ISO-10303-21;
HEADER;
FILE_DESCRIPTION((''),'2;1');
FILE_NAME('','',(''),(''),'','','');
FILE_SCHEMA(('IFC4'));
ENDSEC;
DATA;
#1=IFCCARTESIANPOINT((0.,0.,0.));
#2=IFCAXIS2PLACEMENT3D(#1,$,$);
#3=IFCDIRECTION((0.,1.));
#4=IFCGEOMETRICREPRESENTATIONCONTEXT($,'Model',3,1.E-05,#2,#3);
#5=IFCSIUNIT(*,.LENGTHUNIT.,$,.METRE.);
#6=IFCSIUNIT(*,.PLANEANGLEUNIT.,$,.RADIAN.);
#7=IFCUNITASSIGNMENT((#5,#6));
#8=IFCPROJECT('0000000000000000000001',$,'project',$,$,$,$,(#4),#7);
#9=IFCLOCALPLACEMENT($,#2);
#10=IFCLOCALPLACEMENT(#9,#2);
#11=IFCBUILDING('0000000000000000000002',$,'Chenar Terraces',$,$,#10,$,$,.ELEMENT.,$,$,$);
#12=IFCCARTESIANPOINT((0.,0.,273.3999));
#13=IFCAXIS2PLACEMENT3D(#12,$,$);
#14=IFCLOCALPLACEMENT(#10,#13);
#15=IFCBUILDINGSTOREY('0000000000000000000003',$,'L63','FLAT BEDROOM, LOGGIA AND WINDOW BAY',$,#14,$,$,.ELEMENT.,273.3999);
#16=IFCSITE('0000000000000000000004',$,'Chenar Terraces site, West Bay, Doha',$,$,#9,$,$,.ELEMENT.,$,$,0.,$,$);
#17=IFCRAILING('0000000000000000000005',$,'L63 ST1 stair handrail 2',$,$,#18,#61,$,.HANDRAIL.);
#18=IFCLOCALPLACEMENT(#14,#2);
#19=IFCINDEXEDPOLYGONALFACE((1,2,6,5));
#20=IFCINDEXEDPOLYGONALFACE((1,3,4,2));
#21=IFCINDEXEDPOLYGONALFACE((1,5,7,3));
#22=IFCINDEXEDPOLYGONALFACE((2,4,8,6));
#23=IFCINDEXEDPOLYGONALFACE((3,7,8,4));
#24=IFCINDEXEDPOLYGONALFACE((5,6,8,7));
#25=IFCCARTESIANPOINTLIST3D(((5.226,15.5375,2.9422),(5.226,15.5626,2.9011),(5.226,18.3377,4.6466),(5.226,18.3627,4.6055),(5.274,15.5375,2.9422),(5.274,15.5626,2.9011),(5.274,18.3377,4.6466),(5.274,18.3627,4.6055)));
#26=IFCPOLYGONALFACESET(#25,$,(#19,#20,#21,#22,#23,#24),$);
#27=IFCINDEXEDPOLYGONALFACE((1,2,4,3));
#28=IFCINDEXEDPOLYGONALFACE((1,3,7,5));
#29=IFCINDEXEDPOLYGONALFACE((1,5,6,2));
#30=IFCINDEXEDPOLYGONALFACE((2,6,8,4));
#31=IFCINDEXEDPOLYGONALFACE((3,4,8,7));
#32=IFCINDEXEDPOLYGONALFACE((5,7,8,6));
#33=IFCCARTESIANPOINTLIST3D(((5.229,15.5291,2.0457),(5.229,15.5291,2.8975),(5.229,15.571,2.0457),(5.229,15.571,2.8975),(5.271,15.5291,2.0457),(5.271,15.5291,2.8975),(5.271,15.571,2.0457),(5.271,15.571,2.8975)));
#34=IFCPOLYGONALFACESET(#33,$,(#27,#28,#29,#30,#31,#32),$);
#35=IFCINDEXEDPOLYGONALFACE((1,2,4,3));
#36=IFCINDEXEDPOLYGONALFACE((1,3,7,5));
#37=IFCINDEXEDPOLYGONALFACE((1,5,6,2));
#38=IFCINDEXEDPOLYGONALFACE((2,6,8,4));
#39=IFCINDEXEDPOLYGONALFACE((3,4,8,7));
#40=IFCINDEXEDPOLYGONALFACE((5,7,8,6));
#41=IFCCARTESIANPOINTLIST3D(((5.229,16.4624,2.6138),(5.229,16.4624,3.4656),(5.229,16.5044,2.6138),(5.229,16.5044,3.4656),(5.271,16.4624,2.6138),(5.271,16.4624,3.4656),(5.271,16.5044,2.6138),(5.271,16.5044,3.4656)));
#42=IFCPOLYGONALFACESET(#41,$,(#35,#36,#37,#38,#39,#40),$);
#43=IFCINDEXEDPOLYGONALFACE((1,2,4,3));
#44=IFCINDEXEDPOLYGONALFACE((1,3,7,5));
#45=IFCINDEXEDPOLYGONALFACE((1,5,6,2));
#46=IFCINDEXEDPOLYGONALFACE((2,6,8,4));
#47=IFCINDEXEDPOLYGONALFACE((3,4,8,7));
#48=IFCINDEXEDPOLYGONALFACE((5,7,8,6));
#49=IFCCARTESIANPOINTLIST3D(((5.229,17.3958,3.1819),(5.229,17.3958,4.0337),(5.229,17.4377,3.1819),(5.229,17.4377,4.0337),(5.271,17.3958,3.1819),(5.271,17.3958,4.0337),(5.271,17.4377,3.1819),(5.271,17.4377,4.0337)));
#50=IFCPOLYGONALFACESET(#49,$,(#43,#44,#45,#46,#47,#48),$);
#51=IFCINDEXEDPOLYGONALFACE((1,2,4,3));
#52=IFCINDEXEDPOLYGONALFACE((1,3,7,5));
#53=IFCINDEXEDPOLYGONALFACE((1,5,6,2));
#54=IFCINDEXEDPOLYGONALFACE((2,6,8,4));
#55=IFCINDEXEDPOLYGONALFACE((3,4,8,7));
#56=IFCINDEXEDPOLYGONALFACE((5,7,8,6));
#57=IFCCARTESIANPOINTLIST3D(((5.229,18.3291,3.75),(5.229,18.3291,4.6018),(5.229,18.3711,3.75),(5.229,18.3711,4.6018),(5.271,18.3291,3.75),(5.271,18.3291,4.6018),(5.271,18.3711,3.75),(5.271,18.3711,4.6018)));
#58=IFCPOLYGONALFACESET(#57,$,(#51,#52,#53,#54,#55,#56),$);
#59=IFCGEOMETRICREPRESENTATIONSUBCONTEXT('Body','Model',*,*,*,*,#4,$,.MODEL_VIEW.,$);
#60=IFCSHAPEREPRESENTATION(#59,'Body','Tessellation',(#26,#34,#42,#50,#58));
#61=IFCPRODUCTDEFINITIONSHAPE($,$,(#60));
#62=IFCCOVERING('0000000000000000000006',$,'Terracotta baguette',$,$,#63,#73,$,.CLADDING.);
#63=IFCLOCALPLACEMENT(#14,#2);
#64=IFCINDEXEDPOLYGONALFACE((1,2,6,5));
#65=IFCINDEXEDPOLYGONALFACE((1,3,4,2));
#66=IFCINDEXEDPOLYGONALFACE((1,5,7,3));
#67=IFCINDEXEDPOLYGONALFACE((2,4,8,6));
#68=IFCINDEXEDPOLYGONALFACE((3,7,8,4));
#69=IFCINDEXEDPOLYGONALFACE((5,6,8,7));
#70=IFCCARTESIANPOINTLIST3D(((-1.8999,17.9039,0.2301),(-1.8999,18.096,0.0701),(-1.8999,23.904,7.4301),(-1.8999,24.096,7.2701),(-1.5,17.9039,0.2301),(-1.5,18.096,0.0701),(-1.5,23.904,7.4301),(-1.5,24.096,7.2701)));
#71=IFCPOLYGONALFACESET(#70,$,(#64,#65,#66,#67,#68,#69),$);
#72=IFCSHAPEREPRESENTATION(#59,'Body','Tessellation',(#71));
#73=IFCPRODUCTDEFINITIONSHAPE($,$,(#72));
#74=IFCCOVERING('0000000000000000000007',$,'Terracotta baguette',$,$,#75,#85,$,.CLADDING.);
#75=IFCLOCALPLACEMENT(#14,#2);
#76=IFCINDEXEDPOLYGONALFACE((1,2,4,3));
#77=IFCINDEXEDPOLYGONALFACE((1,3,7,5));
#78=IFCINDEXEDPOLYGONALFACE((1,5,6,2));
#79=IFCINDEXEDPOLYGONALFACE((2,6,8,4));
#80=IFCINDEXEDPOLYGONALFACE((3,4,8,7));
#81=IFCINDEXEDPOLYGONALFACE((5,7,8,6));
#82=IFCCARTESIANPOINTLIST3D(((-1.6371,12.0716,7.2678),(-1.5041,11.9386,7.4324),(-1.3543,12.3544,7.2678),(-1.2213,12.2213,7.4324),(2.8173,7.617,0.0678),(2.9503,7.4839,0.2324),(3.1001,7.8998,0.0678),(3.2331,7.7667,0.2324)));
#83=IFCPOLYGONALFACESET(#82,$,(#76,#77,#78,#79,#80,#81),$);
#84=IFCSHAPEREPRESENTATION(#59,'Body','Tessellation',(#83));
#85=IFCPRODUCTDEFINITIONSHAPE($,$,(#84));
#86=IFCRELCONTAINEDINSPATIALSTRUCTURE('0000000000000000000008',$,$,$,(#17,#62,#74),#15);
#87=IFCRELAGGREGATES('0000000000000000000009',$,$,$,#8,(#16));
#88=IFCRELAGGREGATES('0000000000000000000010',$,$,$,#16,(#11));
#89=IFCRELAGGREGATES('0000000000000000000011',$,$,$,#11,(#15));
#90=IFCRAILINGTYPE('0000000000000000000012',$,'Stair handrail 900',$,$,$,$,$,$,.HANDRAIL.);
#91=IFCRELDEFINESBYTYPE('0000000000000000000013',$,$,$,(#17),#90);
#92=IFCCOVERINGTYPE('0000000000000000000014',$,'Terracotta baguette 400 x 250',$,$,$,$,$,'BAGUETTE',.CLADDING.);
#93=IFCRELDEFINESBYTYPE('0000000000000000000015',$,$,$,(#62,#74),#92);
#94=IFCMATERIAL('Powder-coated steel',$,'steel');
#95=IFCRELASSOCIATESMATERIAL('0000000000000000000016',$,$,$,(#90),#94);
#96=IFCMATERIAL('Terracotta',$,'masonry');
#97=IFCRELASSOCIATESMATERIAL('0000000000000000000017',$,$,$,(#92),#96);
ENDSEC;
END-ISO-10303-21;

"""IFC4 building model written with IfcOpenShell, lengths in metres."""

from ifc_helpers import new_model, si_unit, direction, frame, origin, origin_2d, place, context, subcontext, project, spatial, rectangle, extrude, material, material_profile, profile_set, type_object, element, save


model = new_model("IFC4")

# Units and contexts
model_context = context("Model", 3, precision=1e-05, world=origin(), true_north=direction((0.0, 1.0)))
body_context = subcontext(model_context, "Body", "Model", "MODEL_VIEW")
ifc_project = project(units=[si_unit("LENGTHUNIT", "METRE"), si_unit("PLANEANGLEUNIT", "RADIAN")], contexts=[model_context])

# Site, building, storey
site_placement = place(None, origin())
site = spatial("IfcSite", under=ifc_project, at=site_placement, Name="Chenar Terraces site, West Bay, Doha", CompositionType="ELEMENT", RefElevation=0.0)
building_placement = place(site_placement, origin())
building = spatial("IfcBuilding", under=site, at=building_placement, Name="Chenar Terraces", CompositionType="ELEMENT")
storey_placement = place(building_placement, frame((0.0, 0.0, 273.3999)))
storey = spatial("IfcBuildingStorey", under=building, at=storey_placement, Name="L63", Description="FLAT BEDROOM, LOGGIA AND WINDOW BAY", CompositionType="ELEMENT", Elevation=273.3999)

# Railing
ifc_material_1 = material(Name="Powder-coated steel", Category="steel")
railing_type_1 = type_object("IfcRailingType", Name="Stair handrail 900", PredefinedType="HANDRAIL", material=ifc_material_1)
railing_1_placement = place(storey_placement, frame((5.25, 15.55, 2.0457)))
element("IfcRailing", 1, at=railing_1_placement, inside=storey, type_object=railing_type_1, Name="L63 ST1 stair handrail 2", PredefinedType="HANDRAIL", context=body_context, shape_type="SweptSolid", body=[
    extrude(rectangle(XDim=0.0481, YDim=0.0481, at=origin_2d()), frame((0.0, 0.0, 0.876), z_axis=(0.0, 0.854203, 0.51994), x_axis=(-1.0, 0.0, 0.0)), (0.0, 0.0, 1.0), 3.2781),
    extrude(rectangle(XDim=0.042, YDim=0.042, at=origin_2d()), origin(), (0.0, 0.0, 1.0), 0.8518),
    extrude(rectangle(XDim=0.042, YDim=0.042, at=origin_2d()), frame((0.0, 0.9333, 0.5681)), (0.0, 0.0, 1.0), 0.8518),
    extrude(rectangle(XDim=0.042, YDim=0.042, at=origin_2d()), frame((0.0, 1.8667, 1.1362)), (0.0, 0.0, 1.0), 0.8518),
    extrude(rectangle(XDim=0.042, YDim=0.042, at=origin_2d()), frame((0.0, 2.8, 1.7043)), (0.0, 0.0, 1.0), 0.8518),
])

# Coverings
ifc_material_2 = material(Name="Terracotta", Category="masonry")
ifc_material_profile_1 = material_profile(ifc_material_2, rectangle(XDim=0.3999, YDim=0.25, at=origin_2d()), Name="Terracotta baguette 400 x 250")
ifc_profile_set_1 = profile_set([ifc_material_profile_1], Name="Terracotta")
covering_type = type_object("IfcCoveringType", Name="Terracotta baguette 400 x 250", ElementType="BAGUETTE", PredefinedType="CLADDING", material=ifc_profile_set_1)
covering_1_placement = place(storey_placement, frame((-1.7, 24.0, 7.3501), z_axis=(0.0, -0.640187, -0.768219), x_axis=(1.0, 0.0, 0.0)))
element("IfcCovering", 2, at=covering_1_placement, inside=storey, type_object=covering_type, Name="Terracotta baguette", PredefinedType="CLADDING", context=body_context, shape_type="SweptSolid", body=[
    extrude(rectangle(XDim=0.3999, YDim=0.25, at=origin_2d()), origin(), (0.0, 0.0, 1.0), 9.3723),
])
covering_2_placement = place(storey_placement, frame((-1.4292, 12.1465, 7.3501), z_axis=(0.465604, -0.46563, -0.752597), x_axis=(0.707126, 0.707087, 0.0)))
element("IfcCovering", 3, at=covering_2_placement, inside=storey, type_object=covering_type, Name="Terracotta baguette", PredefinedType="CLADDING", context=body_context, shape_type="SweptSolid", body=[
    extrude(rectangle(XDim=0.3999, YDim=0.25, at=origin_2d()), origin(), (0.0, 0.0, 1.0), 9.5669),
])

save(model, "model.ifc")
